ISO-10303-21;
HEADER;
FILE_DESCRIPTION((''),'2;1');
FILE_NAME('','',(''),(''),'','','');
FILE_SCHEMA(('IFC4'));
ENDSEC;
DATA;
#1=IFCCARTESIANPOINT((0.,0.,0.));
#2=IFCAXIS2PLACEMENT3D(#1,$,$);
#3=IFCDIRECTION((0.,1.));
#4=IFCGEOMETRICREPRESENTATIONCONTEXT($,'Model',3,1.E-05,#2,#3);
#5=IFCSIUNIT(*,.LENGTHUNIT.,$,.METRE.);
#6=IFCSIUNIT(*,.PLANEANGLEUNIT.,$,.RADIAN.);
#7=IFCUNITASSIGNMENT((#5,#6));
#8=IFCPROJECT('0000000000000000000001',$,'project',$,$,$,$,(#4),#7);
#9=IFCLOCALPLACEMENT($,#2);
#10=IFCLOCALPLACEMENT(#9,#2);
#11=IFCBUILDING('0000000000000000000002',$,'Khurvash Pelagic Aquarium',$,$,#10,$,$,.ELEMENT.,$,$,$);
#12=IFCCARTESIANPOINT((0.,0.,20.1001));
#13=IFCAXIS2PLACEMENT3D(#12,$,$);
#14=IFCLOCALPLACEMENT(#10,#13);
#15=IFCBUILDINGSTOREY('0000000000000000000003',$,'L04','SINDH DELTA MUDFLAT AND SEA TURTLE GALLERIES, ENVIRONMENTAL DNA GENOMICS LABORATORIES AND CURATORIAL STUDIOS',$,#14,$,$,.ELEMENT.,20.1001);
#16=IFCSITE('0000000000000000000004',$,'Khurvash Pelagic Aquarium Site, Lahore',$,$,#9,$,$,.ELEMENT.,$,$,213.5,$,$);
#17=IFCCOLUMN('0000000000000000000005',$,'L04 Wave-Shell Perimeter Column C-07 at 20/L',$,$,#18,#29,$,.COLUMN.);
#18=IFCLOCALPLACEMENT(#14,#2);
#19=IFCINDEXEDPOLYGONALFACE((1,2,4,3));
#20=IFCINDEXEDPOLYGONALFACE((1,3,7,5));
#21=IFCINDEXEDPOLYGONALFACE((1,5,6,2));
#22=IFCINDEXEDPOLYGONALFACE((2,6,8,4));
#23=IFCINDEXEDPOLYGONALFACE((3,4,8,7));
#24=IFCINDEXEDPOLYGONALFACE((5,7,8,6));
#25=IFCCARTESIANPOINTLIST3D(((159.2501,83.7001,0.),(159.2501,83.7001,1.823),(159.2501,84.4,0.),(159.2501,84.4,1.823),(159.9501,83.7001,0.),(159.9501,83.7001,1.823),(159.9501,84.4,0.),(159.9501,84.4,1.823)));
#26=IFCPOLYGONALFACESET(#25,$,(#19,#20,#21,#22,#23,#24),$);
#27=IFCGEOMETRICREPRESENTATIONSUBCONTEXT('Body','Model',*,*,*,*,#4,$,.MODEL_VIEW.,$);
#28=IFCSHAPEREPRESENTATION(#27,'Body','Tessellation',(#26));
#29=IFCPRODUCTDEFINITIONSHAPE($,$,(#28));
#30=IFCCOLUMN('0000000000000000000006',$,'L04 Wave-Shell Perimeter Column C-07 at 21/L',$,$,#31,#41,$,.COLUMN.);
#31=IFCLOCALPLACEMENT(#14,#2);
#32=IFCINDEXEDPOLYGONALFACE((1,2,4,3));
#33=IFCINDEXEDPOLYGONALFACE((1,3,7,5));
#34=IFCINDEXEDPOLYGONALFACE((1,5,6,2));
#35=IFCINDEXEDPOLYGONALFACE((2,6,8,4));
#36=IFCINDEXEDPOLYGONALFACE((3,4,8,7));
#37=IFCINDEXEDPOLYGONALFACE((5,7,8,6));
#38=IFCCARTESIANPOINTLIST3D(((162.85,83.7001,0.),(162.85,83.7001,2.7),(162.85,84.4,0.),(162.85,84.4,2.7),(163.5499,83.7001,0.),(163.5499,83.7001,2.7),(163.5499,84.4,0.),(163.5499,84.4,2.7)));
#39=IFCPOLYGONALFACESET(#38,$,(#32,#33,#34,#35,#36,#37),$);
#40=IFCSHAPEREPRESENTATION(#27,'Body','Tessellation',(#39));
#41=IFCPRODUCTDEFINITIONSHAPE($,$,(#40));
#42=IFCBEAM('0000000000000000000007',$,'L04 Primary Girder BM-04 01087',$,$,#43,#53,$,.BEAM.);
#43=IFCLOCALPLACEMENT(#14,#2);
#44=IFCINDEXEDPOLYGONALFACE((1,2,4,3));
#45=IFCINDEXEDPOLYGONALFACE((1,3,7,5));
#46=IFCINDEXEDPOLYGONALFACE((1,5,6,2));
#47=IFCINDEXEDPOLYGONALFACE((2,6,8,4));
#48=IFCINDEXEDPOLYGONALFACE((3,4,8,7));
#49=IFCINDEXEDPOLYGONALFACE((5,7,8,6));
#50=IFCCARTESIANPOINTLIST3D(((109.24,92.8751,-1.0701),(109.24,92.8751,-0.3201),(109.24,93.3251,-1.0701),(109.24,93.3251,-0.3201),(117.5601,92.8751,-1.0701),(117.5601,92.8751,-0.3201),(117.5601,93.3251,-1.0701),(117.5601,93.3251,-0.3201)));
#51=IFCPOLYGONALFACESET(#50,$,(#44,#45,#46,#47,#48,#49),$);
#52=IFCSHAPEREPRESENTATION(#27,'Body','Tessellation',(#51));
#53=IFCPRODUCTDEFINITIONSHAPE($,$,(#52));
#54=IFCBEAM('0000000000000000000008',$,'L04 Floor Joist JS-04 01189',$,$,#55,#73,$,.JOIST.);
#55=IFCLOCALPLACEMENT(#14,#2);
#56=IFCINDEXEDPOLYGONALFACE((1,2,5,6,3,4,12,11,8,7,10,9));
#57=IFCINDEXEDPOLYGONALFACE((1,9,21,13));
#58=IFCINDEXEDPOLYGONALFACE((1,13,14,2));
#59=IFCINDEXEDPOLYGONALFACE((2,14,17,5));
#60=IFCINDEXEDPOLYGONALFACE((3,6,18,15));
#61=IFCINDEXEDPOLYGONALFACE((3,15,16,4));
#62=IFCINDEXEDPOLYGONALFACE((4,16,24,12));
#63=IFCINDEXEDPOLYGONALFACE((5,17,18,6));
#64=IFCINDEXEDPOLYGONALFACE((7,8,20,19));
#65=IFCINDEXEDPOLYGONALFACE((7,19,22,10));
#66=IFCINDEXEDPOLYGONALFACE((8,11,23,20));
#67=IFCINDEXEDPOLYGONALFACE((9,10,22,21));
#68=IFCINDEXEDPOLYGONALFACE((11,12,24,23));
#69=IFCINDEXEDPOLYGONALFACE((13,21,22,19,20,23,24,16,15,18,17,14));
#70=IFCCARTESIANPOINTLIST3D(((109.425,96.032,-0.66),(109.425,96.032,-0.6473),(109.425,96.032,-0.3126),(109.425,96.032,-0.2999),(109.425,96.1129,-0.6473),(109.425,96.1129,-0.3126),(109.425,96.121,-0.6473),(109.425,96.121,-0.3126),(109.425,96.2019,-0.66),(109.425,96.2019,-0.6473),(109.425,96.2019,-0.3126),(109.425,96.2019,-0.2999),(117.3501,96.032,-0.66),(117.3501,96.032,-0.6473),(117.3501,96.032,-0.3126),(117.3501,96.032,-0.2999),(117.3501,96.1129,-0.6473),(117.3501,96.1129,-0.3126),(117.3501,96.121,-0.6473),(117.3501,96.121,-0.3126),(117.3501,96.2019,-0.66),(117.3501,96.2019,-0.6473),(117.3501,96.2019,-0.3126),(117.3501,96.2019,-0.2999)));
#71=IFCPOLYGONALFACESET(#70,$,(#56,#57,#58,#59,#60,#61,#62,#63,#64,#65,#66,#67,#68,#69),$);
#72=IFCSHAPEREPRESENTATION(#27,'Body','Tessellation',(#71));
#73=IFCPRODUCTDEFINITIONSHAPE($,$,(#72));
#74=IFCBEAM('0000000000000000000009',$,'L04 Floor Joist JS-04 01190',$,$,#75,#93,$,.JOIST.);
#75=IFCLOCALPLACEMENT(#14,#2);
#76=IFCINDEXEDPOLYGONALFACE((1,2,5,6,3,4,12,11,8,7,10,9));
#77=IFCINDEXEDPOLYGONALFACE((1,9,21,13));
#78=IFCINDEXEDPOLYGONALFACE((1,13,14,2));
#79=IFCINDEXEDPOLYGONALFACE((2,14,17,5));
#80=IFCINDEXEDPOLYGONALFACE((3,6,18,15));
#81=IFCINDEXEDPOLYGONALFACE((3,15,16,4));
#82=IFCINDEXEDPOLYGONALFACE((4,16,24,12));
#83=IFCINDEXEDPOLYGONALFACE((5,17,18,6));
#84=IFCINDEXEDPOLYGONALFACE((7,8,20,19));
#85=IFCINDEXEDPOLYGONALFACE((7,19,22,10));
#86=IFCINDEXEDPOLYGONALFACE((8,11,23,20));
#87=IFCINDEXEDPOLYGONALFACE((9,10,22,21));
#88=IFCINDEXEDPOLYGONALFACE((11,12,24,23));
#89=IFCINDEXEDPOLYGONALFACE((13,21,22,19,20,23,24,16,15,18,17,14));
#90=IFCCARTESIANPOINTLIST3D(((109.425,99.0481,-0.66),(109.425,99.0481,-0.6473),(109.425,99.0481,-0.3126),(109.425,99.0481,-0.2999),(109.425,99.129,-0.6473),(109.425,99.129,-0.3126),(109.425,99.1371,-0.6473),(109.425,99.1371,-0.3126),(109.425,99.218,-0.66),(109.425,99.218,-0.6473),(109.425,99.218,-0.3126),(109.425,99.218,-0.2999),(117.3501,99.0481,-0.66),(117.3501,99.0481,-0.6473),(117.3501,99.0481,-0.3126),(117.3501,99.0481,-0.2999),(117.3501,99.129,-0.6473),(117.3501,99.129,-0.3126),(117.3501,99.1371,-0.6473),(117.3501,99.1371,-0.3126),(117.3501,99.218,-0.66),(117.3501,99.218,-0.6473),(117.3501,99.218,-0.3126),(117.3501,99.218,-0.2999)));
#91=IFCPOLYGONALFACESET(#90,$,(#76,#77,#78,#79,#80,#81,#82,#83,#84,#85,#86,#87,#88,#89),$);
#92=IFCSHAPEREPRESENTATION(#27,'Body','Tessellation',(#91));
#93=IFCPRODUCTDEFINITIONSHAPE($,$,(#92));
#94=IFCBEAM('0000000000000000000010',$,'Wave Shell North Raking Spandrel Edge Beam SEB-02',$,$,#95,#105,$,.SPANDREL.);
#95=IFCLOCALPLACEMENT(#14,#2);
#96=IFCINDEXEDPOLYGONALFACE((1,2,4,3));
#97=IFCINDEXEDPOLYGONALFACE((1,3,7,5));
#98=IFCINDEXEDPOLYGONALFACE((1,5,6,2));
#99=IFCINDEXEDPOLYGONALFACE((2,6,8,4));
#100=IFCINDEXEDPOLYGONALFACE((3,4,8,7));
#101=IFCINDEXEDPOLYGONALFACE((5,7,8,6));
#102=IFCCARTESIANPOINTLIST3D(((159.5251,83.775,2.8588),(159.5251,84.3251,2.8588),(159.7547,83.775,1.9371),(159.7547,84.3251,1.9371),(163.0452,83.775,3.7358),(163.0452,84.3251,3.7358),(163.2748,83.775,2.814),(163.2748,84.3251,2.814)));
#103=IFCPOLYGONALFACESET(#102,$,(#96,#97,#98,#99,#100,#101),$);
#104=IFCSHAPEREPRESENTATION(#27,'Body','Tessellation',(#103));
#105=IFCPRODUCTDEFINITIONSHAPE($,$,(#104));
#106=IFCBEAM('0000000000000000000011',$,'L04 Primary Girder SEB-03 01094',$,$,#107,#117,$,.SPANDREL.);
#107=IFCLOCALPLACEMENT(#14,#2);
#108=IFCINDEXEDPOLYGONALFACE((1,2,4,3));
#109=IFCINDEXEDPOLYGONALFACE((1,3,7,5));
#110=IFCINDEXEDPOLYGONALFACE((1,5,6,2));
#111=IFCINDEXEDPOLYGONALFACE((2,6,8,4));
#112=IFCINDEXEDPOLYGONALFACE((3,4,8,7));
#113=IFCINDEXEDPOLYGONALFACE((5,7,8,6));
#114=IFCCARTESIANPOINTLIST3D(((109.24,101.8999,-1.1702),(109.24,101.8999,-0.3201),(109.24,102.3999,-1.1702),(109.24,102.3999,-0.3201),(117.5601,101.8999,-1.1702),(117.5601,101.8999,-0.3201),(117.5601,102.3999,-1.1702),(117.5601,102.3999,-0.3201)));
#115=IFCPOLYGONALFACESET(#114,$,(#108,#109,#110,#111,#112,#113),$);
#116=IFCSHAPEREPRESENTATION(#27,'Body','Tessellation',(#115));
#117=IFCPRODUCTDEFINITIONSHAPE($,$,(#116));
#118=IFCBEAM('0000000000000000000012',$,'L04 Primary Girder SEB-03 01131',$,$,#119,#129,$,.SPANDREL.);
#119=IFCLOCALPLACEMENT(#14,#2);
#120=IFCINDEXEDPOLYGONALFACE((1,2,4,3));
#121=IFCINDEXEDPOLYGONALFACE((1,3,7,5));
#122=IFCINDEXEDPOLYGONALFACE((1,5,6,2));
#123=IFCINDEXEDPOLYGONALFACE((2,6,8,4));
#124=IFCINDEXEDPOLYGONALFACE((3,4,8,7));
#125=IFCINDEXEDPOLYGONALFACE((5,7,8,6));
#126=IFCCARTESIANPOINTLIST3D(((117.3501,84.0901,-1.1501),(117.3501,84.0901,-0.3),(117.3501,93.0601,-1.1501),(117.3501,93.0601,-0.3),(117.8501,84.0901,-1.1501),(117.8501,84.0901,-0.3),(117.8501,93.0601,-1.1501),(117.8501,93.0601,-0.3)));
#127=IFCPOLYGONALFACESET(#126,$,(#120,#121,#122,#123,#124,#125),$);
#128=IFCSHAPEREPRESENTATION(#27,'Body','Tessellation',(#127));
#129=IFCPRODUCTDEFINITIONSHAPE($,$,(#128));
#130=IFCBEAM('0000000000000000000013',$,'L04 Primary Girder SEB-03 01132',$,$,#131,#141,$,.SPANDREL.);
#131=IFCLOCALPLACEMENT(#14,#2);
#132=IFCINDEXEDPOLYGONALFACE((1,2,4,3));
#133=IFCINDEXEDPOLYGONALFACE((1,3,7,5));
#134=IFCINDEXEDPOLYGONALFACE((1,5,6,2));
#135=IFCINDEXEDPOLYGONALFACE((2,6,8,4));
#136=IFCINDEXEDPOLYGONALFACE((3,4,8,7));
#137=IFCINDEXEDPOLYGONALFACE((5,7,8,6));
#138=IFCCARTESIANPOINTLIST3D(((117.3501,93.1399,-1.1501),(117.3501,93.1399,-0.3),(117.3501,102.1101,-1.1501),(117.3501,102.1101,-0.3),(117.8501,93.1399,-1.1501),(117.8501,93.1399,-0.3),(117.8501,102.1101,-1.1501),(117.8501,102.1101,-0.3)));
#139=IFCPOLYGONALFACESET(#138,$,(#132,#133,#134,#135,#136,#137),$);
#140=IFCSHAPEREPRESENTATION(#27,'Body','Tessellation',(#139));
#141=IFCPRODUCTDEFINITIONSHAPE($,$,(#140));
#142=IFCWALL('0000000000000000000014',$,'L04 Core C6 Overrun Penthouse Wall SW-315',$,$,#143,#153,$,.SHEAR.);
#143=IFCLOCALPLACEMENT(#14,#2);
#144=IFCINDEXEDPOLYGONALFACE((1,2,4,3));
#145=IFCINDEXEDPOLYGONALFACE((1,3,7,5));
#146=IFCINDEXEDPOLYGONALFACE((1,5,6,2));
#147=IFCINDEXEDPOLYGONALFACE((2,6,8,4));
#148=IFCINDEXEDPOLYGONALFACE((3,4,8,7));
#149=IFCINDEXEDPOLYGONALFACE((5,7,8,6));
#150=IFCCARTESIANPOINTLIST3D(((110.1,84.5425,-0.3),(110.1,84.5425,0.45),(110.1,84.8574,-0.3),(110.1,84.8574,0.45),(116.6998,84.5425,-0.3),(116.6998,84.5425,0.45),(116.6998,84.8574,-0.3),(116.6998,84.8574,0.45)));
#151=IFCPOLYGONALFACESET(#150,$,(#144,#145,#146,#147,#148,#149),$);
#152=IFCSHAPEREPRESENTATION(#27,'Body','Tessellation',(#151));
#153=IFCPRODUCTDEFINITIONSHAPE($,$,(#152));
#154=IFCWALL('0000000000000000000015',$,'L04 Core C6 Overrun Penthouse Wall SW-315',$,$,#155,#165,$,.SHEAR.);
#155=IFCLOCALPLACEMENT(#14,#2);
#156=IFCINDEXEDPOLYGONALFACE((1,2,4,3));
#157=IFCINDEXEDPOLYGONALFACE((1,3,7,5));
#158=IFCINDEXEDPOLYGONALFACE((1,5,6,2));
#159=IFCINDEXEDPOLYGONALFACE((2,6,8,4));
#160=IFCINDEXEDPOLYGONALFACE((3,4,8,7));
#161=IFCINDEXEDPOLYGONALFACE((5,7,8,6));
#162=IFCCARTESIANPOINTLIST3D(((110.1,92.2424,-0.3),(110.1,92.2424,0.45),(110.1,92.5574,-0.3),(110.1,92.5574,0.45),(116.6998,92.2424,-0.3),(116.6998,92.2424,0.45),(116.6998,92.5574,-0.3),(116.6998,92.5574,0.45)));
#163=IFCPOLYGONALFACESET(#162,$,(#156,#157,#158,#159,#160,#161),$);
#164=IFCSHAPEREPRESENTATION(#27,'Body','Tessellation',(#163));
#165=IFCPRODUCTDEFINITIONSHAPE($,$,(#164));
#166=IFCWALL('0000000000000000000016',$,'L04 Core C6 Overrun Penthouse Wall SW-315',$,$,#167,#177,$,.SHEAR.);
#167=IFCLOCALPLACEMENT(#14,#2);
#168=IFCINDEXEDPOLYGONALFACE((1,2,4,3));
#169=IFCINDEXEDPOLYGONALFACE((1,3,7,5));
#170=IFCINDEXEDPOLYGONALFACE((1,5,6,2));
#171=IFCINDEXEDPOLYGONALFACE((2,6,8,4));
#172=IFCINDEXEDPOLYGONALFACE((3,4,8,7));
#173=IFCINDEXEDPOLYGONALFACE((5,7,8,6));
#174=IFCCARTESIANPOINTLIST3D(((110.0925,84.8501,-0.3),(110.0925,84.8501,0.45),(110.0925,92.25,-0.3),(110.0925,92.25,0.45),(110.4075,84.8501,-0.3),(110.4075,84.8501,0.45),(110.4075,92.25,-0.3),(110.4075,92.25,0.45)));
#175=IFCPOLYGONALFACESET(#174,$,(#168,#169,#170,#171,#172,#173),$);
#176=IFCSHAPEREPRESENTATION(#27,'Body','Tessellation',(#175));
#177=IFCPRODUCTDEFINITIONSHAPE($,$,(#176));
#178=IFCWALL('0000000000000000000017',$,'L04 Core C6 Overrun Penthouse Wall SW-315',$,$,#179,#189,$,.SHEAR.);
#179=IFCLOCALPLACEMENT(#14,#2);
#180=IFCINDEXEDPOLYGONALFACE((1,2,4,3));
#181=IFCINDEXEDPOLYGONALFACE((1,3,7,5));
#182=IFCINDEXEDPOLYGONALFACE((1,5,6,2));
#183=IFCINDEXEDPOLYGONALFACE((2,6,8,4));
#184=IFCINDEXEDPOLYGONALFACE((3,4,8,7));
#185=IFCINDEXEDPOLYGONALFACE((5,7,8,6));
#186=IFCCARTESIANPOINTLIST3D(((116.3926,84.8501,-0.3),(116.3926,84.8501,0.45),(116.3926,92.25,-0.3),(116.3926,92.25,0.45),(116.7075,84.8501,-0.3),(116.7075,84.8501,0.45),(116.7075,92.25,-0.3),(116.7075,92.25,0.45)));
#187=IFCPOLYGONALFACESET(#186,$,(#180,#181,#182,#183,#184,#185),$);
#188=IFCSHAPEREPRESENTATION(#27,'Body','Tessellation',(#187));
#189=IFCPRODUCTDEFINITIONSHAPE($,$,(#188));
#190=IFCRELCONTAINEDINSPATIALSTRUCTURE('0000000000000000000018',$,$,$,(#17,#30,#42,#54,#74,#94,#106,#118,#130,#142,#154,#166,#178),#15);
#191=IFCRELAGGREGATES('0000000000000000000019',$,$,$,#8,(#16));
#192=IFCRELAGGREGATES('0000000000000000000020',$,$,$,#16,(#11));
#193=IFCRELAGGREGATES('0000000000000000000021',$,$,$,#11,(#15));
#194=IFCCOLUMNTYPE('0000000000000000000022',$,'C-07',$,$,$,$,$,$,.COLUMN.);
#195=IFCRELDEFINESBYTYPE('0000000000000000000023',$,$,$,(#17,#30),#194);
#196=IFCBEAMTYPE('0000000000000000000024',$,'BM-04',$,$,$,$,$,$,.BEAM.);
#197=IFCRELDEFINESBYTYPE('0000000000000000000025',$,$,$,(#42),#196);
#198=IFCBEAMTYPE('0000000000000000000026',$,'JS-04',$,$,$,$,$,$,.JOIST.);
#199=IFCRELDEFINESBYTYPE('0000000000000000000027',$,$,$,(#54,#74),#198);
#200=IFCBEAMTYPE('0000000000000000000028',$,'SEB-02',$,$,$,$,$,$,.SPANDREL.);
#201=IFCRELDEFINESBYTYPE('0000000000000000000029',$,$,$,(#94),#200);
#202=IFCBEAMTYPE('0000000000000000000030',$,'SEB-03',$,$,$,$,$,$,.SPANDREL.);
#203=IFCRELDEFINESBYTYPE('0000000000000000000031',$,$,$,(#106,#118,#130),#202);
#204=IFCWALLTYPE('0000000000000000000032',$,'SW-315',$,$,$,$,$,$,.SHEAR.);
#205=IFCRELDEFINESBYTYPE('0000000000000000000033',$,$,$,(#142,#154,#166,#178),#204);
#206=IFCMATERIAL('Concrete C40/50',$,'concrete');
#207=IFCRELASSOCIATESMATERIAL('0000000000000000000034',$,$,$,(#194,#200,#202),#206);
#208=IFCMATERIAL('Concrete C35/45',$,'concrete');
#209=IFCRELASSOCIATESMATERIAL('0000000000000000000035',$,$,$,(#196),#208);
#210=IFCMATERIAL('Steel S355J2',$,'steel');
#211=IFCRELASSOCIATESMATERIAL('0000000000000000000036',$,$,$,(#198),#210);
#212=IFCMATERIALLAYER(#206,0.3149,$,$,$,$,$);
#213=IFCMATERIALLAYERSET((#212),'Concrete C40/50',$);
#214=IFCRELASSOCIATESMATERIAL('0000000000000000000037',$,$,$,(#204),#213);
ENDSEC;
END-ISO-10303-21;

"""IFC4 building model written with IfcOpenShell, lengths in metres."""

from ifc_helpers import new_model, si_unit, direction, frame, frame_2d, origin, origin_2d, place, context, subcontext, project, spatial, rectangle, i_section, extrude, material, layer, layer_set, material_profile, profile_set, type_object, element, save


model = new_model("IFC4")

# Units and contexts
model_context = context("Model", 3, precision=1e-05, world=origin(), true_north=direction((0.0, 1.0)))
body_context = subcontext(model_context, "Body", "Model", "MODEL_VIEW")
ifc_project = project(units=[si_unit("LENGTHUNIT", "METRE"), si_unit("PLANEANGLEUNIT", "RADIAN")], contexts=[model_context])

# Site, building, storey
site_placement = place(None, origin())
site = spatial("IfcSite", under=ifc_project, at=site_placement, Name="Khurvash Pelagic Aquarium Site, Lahore", CompositionType="ELEMENT", RefElevation=213.5)
building_placement = place(site_placement, origin())
building = spatial("IfcBuilding", under=site, at=building_placement, Name="Khurvash Pelagic Aquarium", CompositionType="ELEMENT")
storey_placement = place(building_placement, frame((0.0, 0.0, 20.1001)))
storey = spatial("IfcBuildingStorey", under=building, at=storey_placement, Name="L04", Description="SINDH DELTA MUDFLAT AND SEA TURTLE GALLERIES, ENVIRONMENTAL DNA GENOMICS LABORATORIES AND CURATORIAL STUDIOS", CompositionType="ELEMENT", Elevation=20.1001)

# Columns
ifc_material_1 = material(Name="Concrete C40/50", Category="concrete")
ifc_material_profile_1 = material_profile(ifc_material_1, rectangle(XDim=0.7, YDim=0.7, at=origin_2d()), Name="RC700X700")
ifc_profile_set_1 = profile_set([ifc_material_profile_1], Name="Concrete C40/50")
column_type = type_object("IfcColumnType", Name="C-07", PredefinedType="COLUMN", material=ifc_profile_set_1)
column_1_placement = place(storey_placement, frame((159.6001, 84.05, 0.0), z_axis=(0.0, 0.0, 1.0), x_axis=(1.0, 0.0, 0.0)))
element("IfcColumn", 1, at=column_1_placement, inside=storey, type_object=column_type, Name="L04 Wave-Shell Perimeter Column C-07 at 20/L", PredefinedType="COLUMN", context=body_context, shape_type="SweptSolid", body=[
    extrude(rectangle(XDim=0.7, YDim=0.7, at=origin_2d()), origin(), (0.0, 0.0, 1.0), 1.823),
])
column_2_placement = place(storey_placement, frame((163.2, 84.05, 0.0), z_axis=(0.0, 0.0, 1.0), x_axis=(1.0, 0.0, 0.0)))
element("IfcColumn", 2, at=column_2_placement, inside=storey, type_object=column_type, Name="L04 Wave-Shell Perimeter Column C-07 at 21/L", PredefinedType="COLUMN", context=body_context, shape_type="SweptSolid", body=[
    extrude(rectangle(XDim=0.7, YDim=0.7, at=origin_2d()), origin(), (0.0, 0.0, 1.0), 2.7),
])

# Beams
ifc_material_2 = material(Name="Concrete C35/45", Category="concrete")
ifc_material_profile_2 = material_profile(ifc_material_2, rectangle(XDim=0.45, YDim=0.75, at=origin_2d()), Name="RC450X750")
ifc_profile_set_2 = profile_set([ifc_material_profile_2], Name="Concrete C35/45")
beam_type_1 = type_object("IfcBeamType", Name="BM-04", PredefinedType="BEAM", material=ifc_profile_set_2)
beam_1_placement = place(storey_placement, frame((109.24, 93.1001, -0.6951), z_axis=(1.0, 0.0, 0.0), x_axis=(0.0, 1.0, 0.0)))
element("IfcBeam", 3, at=beam_1_placement, inside=storey, type_object=beam_type_1, Name="L04 Primary Girder BM-04 01087", PredefinedType="BEAM", context=body_context, shape_type="SweptSolid", body=[
    extrude(rectangle(XDim=0.45, YDim=0.75, at=origin_2d()), origin(), (0.0, 0.0, 1.0), 8.3201),
])
ifc_material_3 = material(Name="Steel S355J2", Category="steel")
ifc_material_profile_3 = material_profile(ifc_material_3, i_section(OverallWidth=0.1699, OverallDepth=0.3601, WebThickness=0.0081, FlangeThickness=0.0127, at=origin_2d()), Name="IPE360")
ifc_profile_set_3 = profile_set([ifc_material_profile_3], Name="Steel S355J2")
beam_type_2 = type_object("IfcBeamType", Name="JS-04", PredefinedType="JOIST", material=ifc_profile_set_3)
for number, where, z_axis, x_axis, name in (
    (4, (109.425, 96.1169, -0.48), (1.0, 0.0, 0.0), (0.0, 1.0, 0.0), "L04 Floor Joist JS-04 01189"),
    (5, (109.425, 99.1331, -0.48), (1.0, 0.0, 0.0), (0.0, 1.0, 0.0), "L04 Floor Joist JS-04 01190"),
):
    element("IfcBeam", number, at=place(storey_placement, frame(where, z_axis=z_axis, x_axis=x_axis)), inside=storey, type_object=beam_type_2, Name=name, PredefinedType="JOIST", context=body_context, shape_type="SweptSolid", body=[
        extrude(i_section(OverallWidth=0.1699, OverallDepth=0.3601, WebThickness=0.0081, FlangeThickness=0.0127, at=origin_2d()), origin(), (0.0, 0.0, 1.0), 7.925),
    ])
ifc_material_profile_4 = material_profile(ifc_material_1, rectangle(XDim=0.55, YDim=0.95, at=origin_2d()), Name="RC550X950")
ifc_profile_set_4 = profile_set([ifc_material_profile_4], Name="Concrete C40/50")
beam_type_3 = type_object("IfcBeamType", Name="SEB-02", PredefinedType="SPANDREL", material=ifc_profile_set_4)
beam_2_placement = place(storey_placement, frame((159.6399, 84.05, 2.3979), z_axis=(0.97034, 0.0, 0.241744), x_axis=(0.0, 1.0, 0.0)))
element("IfcBeam", 6, at=beam_2_placement, inside=storey, type_object=beam_type_3, Name="Wave Shell North Raking Spandrel Edge Beam SEB-02", PredefinedType="SPANDREL", context=body_context, shape_type="SweptSolid", body=[
    extrude(rectangle(XDim=0.55, YDim=0.95, at=origin_2d()), origin(), (0.0, 0.0, 1.0), 3.6277),
])
ifc_material_profile_5 = material_profile(ifc_material_1, rectangle(XDim=0.5, YDim=0.8501, at=origin_2d()), Name="RC500X850")
ifc_profile_set_5 = profile_set([ifc_material_profile_5], Name="Concrete C40/50")
beam_type_4 = type_object("IfcBeamType", Name="SEB-03", PredefinedType="SPANDREL", material=ifc_profile_set_5)
beam_3_placement = place(storey_placement, frame((109.24, 102.1499, -0.7451), z_axis=(1.0, 0.0, 0.0), x_axis=(0.0, 1.0, 0.0)))
element("IfcBeam", 7, at=beam_3_placement, inside=storey, type_object=beam_type_4, Name="L04 Primary Girder SEB-03 01094", PredefinedType="SPANDREL", context=body_context, shape_type="SweptSolid", body=[
    extrude(rectangle(XDim=0.5, YDim=0.8501, at=origin_2d()), origin(), (0.0, 0.0, 1.0), 8.3201),
])
beam_4_placement = place(storey_placement, frame((117.6001, 84.0901, -0.7251), z_axis=(0.0, 1.0, 0.0), x_axis=(-1.0, 0.0, 0.0)))
element("IfcBeam", 8, at=beam_4_placement, inside=storey, type_object=beam_type_4, Name="L04 Primary Girder SEB-03 01131", PredefinedType="SPANDREL", context=body_context, shape_type="SweptSolid", body=[
    extrude(rectangle(XDim=0.5, YDim=0.8501, at=origin_2d()), origin(), (0.0, 0.0, 1.0), 8.97),
])
beam_5_placement = place(storey_placement, frame((117.6001, 93.1399, -0.7251), z_axis=(0.0, 1.0, 0.0), x_axis=(-1.0, 0.0, 0.0)))
element("IfcBeam", 9, at=beam_5_placement, inside=storey, type_object=beam_type_4, Name="L04 Primary Girder SEB-03 01132", PredefinedType="SPANDREL", context=body_context, shape_type="SweptSolid", body=[
    extrude(rectangle(XDim=0.5, YDim=0.8501, at=origin_2d()), origin(), (0.0, 0.0, 1.0), 8.9702),
])

# Walls
ifc_layer = layer(ifc_material_1, 0.3149)
ifc_layer_set = layer_set([ifc_layer], Name="Concrete C40/50")
wall_type = type_object("IfcWallType", Name="SW-315", PredefinedType="SHEAR", material=ifc_layer_set)
for number, where, z_axis, x_axis, name in (
    (10, (110.1001, 84.7, -0.3), (0.0, 0.0, 1.0), (1.0, 0.0, 0.0), "L04 Core C6 Overrun Penthouse Wall SW-315"),
    (11, (110.1001, 92.3999, -0.3), (0.0, 0.0, 1.0), (1.0, 0.0, 0.0), "L04 Core C6 Overrun Penthouse Wall SW-315"),
):
    element("IfcWall", number, at=place(storey_placement, frame(where, z_axis=z_axis, x_axis=x_axis)), inside=storey, type_object=wall_type, Name=name, PredefinedType="SHEAR", context=body_context, shape_type="SweptSolid", body=[
        extrude(rectangle(XDim=6.5999, YDim=0.3149, at=frame_2d((3.2998, 0.0))), origin(), (0.0, 0.0, 1.0), 0.75),
    ])
for number, where, z_axis, x_axis, name in (
    (12, (110.25, 84.8501, -0.3), (0.0, 0.0, 1.0), (0.0, 1.0, 0.0), "L04 Core C6 Overrun Penthouse Wall SW-315"),
    (13, (116.55, 84.8501, -0.3), (0.0, 0.0, 1.0), (0.0, 1.0, 0.0), "L04 Core C6 Overrun Penthouse Wall SW-315"),
):
    element("IfcWall", number, at=place(storey_placement, frame(where, z_axis=z_axis, x_axis=x_axis)), inside=storey, type_object=wall_type, Name=name, PredefinedType="SHEAR", context=body_context, shape_type="SweptSolid", body=[
        extrude(rectangle(XDim=7.3999, YDim=0.3149, at=frame_2d((3.7, 0.0))), origin(), (0.0, 0.0, 1.0), 0.75),
    ])

save(model, "model.ifc")
